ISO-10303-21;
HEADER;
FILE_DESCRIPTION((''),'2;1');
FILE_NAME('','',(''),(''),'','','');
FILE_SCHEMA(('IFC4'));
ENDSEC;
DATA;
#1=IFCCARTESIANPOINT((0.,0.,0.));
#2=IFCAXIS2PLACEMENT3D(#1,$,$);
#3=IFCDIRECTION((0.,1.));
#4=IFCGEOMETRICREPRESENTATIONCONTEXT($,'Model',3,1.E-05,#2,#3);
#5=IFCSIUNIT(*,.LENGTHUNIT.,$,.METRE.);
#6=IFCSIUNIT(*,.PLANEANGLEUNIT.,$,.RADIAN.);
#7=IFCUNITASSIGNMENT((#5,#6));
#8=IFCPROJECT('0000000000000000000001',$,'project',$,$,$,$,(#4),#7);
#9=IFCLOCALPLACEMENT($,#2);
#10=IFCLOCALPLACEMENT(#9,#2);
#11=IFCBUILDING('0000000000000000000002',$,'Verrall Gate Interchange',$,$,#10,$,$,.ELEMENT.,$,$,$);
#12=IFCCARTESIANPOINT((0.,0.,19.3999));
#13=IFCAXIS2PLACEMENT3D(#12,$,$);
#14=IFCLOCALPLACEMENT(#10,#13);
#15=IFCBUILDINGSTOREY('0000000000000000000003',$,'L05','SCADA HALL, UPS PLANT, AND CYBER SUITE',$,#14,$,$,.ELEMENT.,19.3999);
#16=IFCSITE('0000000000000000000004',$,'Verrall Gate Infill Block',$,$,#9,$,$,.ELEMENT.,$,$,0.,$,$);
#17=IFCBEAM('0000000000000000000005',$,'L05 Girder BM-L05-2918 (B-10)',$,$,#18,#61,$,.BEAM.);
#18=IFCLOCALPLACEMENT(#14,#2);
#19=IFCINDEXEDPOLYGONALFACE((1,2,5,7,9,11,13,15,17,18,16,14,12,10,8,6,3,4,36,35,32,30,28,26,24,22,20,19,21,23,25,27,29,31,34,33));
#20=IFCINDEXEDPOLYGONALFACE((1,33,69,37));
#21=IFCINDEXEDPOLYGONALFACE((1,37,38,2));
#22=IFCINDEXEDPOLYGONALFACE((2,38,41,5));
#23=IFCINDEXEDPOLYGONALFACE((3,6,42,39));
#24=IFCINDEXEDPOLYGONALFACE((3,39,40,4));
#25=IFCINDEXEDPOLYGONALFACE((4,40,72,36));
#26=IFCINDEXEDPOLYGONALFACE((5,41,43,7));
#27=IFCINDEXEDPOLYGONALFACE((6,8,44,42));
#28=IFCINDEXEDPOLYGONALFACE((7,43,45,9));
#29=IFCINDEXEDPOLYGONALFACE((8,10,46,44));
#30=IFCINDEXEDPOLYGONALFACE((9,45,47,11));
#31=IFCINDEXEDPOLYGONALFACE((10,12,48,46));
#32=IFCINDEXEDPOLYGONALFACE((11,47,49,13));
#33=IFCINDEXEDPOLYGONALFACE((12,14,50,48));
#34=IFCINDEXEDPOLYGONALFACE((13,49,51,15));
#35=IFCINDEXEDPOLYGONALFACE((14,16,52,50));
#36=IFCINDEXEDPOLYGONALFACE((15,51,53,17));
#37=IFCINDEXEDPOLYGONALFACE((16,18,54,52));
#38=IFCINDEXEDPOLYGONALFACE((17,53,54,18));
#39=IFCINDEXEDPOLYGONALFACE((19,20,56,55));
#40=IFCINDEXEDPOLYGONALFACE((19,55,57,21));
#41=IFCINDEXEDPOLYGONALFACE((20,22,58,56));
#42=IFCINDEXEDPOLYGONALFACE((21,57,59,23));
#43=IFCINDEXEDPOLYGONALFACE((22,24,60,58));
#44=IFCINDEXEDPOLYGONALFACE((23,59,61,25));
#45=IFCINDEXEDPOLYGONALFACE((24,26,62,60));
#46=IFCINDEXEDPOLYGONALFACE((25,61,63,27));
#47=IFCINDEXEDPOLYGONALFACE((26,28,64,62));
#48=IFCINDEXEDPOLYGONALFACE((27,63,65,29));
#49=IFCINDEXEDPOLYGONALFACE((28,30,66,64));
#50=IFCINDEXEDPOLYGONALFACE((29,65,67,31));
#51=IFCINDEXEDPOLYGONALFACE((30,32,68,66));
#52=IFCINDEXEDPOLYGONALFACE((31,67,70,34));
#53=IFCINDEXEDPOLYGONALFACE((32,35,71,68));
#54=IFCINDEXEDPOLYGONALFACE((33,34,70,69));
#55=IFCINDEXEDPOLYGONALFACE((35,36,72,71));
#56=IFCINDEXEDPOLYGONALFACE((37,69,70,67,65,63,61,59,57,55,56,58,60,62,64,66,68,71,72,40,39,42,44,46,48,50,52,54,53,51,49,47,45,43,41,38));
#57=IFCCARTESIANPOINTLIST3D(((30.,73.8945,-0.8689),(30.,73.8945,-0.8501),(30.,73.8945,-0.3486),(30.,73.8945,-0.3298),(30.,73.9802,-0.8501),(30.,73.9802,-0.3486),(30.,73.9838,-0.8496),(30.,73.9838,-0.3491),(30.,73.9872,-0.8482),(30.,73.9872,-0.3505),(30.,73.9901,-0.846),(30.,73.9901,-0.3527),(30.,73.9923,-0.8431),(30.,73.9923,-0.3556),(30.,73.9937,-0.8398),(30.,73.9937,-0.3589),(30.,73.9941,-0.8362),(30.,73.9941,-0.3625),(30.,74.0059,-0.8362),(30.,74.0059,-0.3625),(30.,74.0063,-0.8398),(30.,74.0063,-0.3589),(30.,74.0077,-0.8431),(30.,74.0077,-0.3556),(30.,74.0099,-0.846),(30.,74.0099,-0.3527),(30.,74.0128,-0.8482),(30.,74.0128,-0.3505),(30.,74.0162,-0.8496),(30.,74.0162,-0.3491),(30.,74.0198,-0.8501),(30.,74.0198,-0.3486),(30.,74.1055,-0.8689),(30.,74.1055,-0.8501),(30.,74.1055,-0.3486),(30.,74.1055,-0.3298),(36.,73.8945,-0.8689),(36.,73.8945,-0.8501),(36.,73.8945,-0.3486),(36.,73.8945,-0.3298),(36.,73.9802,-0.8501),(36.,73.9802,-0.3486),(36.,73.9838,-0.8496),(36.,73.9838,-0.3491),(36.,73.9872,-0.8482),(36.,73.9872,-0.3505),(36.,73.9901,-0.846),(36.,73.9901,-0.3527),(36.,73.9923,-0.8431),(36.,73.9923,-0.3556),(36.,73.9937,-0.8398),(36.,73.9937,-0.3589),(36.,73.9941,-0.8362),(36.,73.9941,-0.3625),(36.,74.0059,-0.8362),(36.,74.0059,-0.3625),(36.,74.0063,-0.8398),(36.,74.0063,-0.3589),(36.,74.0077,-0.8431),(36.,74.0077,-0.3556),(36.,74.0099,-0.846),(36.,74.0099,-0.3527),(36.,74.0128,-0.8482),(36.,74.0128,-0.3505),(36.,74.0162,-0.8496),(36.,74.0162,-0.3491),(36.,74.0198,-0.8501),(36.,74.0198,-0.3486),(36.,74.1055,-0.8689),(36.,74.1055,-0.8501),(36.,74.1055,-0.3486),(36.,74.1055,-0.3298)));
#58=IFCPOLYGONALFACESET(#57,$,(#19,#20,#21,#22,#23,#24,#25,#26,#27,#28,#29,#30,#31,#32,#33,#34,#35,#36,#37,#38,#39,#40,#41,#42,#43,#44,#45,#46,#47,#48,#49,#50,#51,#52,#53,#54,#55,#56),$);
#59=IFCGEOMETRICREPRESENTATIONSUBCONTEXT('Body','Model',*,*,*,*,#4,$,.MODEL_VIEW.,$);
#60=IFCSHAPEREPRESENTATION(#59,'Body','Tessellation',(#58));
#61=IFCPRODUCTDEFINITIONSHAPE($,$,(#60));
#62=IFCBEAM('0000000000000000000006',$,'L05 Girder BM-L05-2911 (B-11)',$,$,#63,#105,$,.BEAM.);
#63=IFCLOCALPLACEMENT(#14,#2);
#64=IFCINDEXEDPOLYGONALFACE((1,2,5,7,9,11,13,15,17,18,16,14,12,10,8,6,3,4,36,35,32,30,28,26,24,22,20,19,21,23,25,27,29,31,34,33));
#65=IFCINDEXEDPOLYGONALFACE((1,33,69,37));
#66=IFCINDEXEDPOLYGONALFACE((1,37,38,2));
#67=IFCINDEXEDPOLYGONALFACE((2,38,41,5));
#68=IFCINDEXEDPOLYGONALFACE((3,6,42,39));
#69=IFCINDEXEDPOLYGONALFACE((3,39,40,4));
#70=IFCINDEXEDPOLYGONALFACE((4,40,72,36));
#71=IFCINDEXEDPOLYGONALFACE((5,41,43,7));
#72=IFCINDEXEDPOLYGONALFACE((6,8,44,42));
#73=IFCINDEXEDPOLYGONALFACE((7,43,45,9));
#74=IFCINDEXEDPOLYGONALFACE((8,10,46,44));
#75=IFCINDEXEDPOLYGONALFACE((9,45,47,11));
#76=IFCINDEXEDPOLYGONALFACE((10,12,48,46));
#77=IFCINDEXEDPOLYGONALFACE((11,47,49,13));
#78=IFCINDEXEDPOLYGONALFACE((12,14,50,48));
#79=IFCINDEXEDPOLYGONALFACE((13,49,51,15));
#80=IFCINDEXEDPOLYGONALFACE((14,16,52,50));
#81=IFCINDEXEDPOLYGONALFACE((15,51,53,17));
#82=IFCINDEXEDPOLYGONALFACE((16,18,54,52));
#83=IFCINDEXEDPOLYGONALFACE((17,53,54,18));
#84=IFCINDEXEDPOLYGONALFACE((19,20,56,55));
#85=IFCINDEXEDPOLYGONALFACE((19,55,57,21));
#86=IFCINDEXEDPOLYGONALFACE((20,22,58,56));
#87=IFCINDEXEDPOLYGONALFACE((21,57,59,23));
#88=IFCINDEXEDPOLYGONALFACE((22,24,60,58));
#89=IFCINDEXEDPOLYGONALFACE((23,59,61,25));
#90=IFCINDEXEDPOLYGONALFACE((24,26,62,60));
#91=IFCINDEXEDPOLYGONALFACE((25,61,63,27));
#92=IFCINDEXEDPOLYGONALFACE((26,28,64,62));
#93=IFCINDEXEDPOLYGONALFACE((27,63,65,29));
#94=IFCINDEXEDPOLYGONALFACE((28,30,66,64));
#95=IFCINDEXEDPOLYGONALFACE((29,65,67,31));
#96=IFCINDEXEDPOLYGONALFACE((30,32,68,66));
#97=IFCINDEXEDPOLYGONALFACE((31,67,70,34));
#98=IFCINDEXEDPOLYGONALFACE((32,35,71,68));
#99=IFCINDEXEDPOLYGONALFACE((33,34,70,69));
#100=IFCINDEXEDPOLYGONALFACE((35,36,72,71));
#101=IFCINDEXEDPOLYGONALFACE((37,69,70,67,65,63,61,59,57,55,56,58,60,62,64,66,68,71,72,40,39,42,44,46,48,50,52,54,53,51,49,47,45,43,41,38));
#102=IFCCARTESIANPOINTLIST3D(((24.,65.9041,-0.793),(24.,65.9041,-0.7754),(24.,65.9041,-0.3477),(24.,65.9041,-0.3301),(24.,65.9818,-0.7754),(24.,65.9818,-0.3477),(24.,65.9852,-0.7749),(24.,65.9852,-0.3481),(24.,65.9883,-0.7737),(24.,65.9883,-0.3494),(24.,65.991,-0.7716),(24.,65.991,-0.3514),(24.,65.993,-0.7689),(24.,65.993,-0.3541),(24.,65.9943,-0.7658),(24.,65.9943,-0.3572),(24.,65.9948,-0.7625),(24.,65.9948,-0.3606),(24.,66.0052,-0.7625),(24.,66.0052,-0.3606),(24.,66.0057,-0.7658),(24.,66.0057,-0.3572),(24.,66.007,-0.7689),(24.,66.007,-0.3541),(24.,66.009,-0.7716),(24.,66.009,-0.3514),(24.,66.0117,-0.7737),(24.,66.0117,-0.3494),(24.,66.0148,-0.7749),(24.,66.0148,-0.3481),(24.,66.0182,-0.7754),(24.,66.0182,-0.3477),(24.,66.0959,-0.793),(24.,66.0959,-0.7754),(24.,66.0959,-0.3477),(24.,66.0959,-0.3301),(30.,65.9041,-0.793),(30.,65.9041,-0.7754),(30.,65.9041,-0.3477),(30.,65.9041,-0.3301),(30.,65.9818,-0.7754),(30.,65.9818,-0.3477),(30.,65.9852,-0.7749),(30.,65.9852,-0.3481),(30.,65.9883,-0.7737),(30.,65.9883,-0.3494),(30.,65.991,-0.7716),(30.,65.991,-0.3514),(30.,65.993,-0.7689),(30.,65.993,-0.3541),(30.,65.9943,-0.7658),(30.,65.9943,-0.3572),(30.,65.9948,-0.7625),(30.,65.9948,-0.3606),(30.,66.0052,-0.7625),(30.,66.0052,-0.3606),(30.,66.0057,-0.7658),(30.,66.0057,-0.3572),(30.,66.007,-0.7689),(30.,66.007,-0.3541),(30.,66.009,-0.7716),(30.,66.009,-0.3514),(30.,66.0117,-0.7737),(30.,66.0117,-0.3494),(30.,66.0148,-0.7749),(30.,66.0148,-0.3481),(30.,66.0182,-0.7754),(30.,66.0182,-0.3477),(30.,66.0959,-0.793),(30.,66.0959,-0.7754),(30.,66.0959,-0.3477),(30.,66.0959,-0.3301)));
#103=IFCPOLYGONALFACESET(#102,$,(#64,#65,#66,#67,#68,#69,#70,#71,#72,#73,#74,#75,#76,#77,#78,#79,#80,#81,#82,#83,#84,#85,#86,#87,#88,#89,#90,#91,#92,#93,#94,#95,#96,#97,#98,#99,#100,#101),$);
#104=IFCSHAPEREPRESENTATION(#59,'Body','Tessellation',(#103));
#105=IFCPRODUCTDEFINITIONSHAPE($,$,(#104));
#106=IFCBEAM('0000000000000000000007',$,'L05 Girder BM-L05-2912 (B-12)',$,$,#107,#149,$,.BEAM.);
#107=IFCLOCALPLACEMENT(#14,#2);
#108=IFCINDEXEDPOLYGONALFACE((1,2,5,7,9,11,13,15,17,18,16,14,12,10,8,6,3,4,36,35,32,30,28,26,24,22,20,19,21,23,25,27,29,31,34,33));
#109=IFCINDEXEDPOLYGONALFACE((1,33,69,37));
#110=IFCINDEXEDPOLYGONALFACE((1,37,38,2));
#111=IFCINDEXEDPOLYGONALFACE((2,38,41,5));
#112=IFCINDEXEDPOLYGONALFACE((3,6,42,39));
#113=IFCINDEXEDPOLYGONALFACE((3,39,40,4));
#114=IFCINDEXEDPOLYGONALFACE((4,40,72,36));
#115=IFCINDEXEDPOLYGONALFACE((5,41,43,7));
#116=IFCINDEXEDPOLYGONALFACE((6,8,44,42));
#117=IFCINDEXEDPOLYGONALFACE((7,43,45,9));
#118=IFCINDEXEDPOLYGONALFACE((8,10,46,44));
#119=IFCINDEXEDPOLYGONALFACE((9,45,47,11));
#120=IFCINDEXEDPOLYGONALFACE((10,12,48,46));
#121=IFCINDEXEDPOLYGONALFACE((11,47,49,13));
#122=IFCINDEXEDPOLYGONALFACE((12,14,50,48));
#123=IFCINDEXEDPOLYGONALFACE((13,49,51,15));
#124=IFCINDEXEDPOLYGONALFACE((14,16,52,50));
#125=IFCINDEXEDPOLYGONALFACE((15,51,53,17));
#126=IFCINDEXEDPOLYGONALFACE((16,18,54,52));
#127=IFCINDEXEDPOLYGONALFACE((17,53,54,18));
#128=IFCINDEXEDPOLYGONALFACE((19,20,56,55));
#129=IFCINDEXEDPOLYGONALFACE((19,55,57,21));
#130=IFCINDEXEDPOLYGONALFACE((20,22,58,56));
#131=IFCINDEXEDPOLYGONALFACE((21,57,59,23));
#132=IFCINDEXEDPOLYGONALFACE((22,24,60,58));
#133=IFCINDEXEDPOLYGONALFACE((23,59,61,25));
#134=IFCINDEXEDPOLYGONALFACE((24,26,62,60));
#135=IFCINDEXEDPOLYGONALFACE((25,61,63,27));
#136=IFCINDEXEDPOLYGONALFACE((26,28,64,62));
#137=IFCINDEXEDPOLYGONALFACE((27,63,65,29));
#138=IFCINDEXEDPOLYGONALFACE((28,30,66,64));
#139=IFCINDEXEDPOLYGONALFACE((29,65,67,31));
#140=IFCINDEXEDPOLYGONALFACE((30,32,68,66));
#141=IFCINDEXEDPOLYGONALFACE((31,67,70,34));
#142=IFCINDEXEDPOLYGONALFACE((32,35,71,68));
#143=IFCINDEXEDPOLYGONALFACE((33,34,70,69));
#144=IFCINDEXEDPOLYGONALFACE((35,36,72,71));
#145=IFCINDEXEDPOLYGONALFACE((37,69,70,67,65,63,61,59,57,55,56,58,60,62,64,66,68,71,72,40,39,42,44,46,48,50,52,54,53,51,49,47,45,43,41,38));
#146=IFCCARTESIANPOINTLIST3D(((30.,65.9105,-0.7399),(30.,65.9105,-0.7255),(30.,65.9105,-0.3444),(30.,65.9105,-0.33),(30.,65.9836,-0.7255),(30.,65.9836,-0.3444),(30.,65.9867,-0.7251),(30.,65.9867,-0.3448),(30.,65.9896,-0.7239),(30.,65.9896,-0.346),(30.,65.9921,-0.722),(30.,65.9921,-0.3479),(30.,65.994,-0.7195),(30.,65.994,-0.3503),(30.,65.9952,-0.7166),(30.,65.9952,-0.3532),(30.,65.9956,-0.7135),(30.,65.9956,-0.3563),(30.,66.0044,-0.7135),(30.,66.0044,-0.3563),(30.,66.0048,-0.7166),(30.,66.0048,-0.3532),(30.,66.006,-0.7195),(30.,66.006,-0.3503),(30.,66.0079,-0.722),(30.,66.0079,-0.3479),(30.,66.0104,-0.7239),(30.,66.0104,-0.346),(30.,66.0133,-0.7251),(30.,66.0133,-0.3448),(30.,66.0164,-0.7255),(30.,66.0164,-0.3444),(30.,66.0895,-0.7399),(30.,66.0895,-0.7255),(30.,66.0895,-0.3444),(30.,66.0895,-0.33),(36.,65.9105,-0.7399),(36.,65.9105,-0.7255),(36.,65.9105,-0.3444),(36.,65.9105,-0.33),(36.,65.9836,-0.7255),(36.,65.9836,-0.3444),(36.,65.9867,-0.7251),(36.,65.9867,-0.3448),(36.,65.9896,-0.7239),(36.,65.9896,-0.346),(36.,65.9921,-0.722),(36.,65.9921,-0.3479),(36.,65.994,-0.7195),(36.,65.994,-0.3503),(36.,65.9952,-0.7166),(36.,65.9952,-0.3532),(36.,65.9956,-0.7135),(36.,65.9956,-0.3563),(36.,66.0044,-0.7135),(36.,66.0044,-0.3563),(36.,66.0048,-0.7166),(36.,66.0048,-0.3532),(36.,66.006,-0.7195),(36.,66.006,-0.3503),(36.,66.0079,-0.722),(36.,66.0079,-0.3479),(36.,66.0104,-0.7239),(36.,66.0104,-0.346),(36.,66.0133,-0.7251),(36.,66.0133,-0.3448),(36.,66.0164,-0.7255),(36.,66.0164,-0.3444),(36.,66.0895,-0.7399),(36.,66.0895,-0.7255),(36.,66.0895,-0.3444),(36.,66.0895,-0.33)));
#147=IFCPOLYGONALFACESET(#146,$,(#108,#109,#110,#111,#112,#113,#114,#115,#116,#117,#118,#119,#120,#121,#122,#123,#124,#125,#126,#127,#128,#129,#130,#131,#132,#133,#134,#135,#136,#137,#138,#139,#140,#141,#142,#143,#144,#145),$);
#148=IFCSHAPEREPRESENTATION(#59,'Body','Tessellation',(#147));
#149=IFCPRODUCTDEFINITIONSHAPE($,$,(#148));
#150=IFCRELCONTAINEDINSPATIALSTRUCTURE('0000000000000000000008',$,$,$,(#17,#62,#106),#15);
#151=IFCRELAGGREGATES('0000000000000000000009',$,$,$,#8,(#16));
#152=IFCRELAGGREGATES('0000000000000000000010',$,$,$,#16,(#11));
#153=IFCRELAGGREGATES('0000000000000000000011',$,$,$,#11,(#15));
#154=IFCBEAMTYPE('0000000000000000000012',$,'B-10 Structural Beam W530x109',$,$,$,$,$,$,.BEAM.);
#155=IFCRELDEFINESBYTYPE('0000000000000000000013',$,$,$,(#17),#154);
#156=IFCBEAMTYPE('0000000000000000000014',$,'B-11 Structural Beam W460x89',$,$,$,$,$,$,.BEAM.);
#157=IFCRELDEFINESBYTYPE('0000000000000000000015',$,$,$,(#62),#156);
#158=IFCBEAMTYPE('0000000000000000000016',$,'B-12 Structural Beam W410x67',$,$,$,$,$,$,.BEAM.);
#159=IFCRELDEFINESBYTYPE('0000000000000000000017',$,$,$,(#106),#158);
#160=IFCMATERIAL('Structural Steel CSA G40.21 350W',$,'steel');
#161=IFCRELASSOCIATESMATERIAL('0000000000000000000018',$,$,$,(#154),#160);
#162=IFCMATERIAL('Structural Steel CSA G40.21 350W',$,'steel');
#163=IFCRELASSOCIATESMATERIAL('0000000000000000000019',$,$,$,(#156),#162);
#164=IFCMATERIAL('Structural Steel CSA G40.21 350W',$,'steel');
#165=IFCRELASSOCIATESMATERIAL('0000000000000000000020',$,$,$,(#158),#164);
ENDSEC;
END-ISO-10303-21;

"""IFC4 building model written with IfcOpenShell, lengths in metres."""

from ifc_helpers import new_model, si_unit, direction, frame, origin, origin_2d, place, context, subcontext, project, spatial, i_section, extrude, material, material_profile, profile_set, type_object, element, save


model = new_model("IFC4")

# Units and contexts
model_context = context("Model", 3, precision=1e-05, world=origin(), true_north=direction((0.0, 1.0)))
body_context = subcontext(model_context, "Body", "Model", "MODEL_VIEW")
ifc_project = project(units=[si_unit("LENGTHUNIT", "METRE"), si_unit("PLANEANGLEUNIT", "RADIAN")], contexts=[model_context])

# Site, building, storey
site_placement = place(None, origin())
site = spatial("IfcSite", under=ifc_project, at=site_placement, Name="Verrall Gate Infill Block", CompositionType="ELEMENT", RefElevation=0.0)
building_placement = place(site_placement, origin())
building = spatial("IfcBuilding", under=site, at=building_placement, Name="Verrall Gate Interchange", CompositionType="ELEMENT")
storey_placement = place(building_placement, frame((0.0, 0.0, 19.3999)))
storey = spatial("IfcBuildingStorey", under=building, at=storey_placement, Name="L05", Description="SCADA HALL, UPS PLANT, AND CYBER SUITE", CompositionType="ELEMENT", Elevation=19.3999)

# Beams
ifc_material_1 = material(Name="Structural Steel CSA G40.21 350W", Category="steel")
ifc_material_profile_1 = material_profile(ifc_material_1, i_section(OverallWidth=0.2109, OverallDepth=0.5391, WebThickness=0.0117, FlangeThickness=0.0188, FilletRadius=0.0139, at=origin_2d()), Name="W530x109")
ifc_profile_set_1 = profile_set([ifc_material_profile_1], Name="Structural Steel CSA G40.21 350W")
beam_type_1 = type_object("IfcBeamType", Name="B-10 Structural Beam W530x109", PredefinedType="BEAM", material=ifc_profile_set_1)
beam_1_placement = place(storey_placement, frame((30.0, 74.0, -0.5994), z_axis=(1.0, 0.0, 0.0), x_axis=(0.0, 1.0, 0.0)))
element("IfcBeam", 1, at=beam_1_placement, inside=storey, type_object=beam_type_1, Name="L05 Girder BM-L05-2918 (B-10)", PredefinedType="BEAM", context=body_context, shape_type="SweptSolid", body=[
    extrude(i_section(OverallWidth=0.2109, OverallDepth=0.5391, WebThickness=0.0117, FlangeThickness=0.0188, FilletRadius=0.0139, at=origin_2d()), origin(), (0.0, 0.0, 1.0), 6.0),
])
ifc_material_2 = material(Name="Structural Steel CSA G40.21 350W", Category="steel")
ifc_material_profile_2 = material_profile(ifc_material_2, i_section(OverallWidth=0.1919, OverallDepth=0.4629, WebThickness=0.0105, FlangeThickness=0.0176, FilletRadius=0.0129, at=origin_2d()), Name="W460x89")
ifc_profile_set_2 = profile_set([ifc_material_profile_2], Name="Structural Steel CSA G40.21 350W")
beam_type_2 = type_object("IfcBeamType", Name="B-11 Structural Beam W460x89", PredefinedType="BEAM", material=ifc_profile_set_2)
beam_2_placement = place(storey_placement, frame((24.0, 66.0, -0.5615), z_axis=(1.0, 0.0, 0.0), x_axis=(0.0, 1.0, 0.0)))
element("IfcBeam", 2, at=beam_2_placement, inside=storey, type_object=beam_type_2, Name="L05 Girder BM-L05-2911 (B-11)", PredefinedType="BEAM", context=body_context, shape_type="SweptSolid", body=[
    extrude(i_section(OverallWidth=0.1919, OverallDepth=0.4629, WebThickness=0.0105, FlangeThickness=0.0176, FilletRadius=0.0129, at=origin_2d()), origin(), (0.0, 0.0, 1.0), 6.0),
])
ifc_material_3 = material(Name="Structural Steel CSA G40.21 350W", Category="steel")
ifc_material_profile_3 = material_profile(ifc_material_3, i_section(OverallWidth=0.179, OverallDepth=0.4099, WebThickness=0.0088, FlangeThickness=0.0144, FilletRadius=0.012, at=origin_2d()), Name="W410x67")
ifc_profile_set_3 = profile_set([ifc_material_profile_3], Name="Structural Steel CSA G40.21 350W")
beam_type_3 = type_object("IfcBeamType", Name="B-12 Structural Beam W410x67", PredefinedType="BEAM", material=ifc_profile_set_3)
beam_3_placement = place(storey_placement, frame((30.0, 66.0, -0.5349), z_axis=(1.0, 0.0, 0.0), x_axis=(0.0, 1.0, 0.0)))
element("IfcBeam", 3, at=beam_3_placement, inside=storey, type_object=beam_type_3, Name="L05 Girder BM-L05-2912 (B-12)", PredefinedType="BEAM", context=body_context, shape_type="SweptSolid", body=[
    extrude(i_section(OverallWidth=0.179, OverallDepth=0.4099, WebThickness=0.0088, FlangeThickness=0.0144, FilletRadius=0.012, at=origin_2d()), origin(), (0.0, 0.0, 1.0), 6.0),
])

save(model, "model.ifc")
